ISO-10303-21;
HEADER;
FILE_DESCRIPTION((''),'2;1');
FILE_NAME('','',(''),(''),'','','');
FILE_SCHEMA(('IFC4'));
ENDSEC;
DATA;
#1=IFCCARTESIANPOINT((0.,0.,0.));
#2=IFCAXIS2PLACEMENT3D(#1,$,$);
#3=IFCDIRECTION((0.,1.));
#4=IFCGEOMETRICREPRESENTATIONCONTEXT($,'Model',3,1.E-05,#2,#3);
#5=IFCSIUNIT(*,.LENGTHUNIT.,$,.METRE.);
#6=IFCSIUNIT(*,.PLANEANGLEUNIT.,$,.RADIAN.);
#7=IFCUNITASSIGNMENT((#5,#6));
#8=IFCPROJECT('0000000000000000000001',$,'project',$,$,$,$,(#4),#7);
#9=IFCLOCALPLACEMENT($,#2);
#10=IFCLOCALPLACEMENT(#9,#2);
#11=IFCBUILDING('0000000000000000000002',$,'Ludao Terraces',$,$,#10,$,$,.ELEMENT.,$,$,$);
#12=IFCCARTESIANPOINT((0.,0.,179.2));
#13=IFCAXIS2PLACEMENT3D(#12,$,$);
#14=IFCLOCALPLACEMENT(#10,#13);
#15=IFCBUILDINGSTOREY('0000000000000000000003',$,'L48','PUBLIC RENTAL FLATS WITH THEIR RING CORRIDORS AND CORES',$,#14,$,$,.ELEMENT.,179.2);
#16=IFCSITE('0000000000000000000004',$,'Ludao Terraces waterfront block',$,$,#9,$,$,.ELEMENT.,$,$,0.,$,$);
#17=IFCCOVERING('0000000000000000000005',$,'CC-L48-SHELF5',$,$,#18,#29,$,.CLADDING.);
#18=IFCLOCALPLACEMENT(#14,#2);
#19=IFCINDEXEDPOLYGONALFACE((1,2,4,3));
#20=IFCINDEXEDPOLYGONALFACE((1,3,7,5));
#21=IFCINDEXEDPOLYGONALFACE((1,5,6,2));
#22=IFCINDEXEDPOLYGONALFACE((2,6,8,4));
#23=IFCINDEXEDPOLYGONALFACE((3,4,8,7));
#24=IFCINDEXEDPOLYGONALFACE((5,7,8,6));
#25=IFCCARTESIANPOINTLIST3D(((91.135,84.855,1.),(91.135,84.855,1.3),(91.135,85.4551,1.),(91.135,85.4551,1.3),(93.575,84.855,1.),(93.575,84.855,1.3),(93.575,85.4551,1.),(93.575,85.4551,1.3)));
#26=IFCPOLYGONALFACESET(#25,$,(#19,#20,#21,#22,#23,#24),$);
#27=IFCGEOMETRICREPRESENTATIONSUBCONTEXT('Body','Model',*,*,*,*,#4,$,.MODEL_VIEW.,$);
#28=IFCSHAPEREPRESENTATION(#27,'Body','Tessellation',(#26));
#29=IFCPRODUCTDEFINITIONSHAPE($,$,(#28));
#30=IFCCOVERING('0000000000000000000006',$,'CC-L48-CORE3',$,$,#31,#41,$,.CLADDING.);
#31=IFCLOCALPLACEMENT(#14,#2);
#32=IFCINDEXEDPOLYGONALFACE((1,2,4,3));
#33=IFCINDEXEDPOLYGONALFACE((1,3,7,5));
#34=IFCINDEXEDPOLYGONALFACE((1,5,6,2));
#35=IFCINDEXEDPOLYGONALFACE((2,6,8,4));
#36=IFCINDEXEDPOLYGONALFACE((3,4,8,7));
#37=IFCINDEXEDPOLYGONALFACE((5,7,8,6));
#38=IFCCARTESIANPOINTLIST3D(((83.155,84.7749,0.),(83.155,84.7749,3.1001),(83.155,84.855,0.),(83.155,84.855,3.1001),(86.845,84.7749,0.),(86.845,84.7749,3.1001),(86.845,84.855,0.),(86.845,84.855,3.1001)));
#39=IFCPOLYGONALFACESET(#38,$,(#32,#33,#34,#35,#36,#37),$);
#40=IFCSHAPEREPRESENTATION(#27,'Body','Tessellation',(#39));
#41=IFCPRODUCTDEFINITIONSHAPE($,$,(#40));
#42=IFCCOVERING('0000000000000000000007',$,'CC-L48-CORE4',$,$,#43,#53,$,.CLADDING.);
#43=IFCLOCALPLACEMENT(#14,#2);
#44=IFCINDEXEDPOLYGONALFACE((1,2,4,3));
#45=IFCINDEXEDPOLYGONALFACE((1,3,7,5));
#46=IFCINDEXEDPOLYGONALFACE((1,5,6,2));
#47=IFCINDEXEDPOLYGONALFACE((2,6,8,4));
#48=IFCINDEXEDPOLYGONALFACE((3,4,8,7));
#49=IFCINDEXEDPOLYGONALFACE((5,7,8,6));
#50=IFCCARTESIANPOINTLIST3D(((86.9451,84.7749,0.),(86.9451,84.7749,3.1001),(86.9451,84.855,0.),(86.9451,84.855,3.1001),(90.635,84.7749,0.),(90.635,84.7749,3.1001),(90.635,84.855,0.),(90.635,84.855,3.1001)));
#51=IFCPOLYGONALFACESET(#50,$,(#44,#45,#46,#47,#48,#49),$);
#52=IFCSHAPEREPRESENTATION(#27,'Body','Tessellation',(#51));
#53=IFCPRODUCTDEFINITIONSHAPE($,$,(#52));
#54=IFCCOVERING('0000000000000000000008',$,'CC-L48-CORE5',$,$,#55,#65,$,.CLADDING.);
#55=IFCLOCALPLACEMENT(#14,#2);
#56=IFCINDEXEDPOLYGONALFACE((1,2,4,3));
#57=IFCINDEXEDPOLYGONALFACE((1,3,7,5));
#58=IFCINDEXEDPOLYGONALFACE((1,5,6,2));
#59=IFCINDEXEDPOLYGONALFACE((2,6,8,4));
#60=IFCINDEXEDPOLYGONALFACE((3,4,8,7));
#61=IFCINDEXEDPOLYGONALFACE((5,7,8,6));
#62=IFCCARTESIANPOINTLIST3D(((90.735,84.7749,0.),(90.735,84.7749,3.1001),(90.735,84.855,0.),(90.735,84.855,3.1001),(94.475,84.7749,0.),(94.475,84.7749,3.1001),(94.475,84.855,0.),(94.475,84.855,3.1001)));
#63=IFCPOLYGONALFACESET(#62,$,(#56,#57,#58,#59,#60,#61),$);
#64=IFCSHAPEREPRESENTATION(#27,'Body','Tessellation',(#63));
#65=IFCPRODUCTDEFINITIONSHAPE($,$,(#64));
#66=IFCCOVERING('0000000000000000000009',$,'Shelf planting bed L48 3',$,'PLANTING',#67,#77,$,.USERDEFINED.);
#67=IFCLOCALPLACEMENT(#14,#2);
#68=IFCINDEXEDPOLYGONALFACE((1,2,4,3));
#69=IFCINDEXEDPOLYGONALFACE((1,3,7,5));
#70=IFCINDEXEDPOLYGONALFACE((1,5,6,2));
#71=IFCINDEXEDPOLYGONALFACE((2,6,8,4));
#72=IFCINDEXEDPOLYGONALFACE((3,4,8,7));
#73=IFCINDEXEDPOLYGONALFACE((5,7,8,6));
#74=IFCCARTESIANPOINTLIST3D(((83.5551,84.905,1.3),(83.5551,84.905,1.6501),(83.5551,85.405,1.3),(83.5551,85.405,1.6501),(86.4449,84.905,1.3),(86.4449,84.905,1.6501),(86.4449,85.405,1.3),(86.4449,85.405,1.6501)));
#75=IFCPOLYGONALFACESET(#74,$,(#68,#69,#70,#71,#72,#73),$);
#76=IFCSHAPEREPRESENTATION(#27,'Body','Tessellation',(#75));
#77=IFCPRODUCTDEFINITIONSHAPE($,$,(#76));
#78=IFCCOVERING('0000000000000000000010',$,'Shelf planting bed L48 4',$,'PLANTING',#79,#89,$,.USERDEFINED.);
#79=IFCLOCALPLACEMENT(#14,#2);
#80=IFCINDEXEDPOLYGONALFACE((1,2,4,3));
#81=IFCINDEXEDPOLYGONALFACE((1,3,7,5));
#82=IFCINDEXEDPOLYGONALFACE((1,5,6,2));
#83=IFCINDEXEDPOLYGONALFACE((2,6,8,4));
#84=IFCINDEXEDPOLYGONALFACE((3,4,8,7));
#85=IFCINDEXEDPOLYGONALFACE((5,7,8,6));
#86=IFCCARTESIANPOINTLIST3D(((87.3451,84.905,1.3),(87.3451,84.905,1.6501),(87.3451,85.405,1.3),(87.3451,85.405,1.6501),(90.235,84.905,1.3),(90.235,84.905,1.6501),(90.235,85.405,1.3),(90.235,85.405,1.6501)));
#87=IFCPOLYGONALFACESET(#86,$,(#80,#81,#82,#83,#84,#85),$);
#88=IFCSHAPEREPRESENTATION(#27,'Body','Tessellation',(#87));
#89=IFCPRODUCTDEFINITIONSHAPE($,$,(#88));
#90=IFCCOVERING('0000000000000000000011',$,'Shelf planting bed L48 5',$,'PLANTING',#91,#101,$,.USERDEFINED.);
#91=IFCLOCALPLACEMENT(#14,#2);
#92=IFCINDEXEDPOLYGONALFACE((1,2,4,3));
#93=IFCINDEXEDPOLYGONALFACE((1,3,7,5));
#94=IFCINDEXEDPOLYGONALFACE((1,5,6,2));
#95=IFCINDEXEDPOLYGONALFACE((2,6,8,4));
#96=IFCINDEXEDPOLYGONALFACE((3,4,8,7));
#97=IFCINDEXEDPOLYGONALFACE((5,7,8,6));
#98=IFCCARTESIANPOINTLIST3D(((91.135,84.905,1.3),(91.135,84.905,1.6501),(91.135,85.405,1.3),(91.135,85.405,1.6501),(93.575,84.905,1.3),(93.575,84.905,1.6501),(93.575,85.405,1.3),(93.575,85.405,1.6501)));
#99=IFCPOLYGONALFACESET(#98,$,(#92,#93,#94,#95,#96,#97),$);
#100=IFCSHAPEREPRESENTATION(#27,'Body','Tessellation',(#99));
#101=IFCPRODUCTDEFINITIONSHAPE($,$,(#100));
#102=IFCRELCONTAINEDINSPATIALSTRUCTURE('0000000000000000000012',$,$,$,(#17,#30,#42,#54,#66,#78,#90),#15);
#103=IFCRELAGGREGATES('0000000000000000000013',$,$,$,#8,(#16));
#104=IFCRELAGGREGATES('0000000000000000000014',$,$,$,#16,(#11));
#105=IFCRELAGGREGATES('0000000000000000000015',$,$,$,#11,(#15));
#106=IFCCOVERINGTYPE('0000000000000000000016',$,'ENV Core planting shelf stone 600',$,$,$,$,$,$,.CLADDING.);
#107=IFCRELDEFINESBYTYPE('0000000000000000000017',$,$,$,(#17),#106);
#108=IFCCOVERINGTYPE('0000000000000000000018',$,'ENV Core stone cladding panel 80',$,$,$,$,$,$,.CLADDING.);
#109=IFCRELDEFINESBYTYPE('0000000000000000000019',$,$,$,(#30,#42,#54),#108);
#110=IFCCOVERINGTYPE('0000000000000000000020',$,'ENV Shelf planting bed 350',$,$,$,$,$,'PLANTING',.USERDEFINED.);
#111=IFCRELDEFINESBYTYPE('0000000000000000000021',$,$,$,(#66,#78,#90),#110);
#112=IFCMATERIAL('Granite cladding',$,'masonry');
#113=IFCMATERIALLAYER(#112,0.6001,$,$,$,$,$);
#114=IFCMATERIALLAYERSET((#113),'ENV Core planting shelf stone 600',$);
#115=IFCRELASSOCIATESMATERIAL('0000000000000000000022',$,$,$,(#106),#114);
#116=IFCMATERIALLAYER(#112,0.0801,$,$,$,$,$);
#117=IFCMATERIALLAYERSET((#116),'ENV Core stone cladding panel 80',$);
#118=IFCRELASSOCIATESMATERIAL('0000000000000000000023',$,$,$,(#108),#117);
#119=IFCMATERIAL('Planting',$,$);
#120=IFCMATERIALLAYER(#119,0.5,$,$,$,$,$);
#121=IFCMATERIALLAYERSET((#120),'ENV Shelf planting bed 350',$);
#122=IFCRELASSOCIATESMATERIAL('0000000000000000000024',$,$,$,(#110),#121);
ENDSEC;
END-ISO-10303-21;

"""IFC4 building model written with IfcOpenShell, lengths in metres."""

from ifc_helpers import new_model, si_unit, direction, frame, origin, origin_2d, place, context, subcontext, project, spatial, rectangle, extrude, material, layer, layer_set, type_object, element, save


model = new_model("IFC4")

# Units and contexts
model_context = context("Model", 3, precision=1e-05, world=origin(), true_north=direction((0.0, 1.0)))
body_context = subcontext(model_context, "Body", "Model", "MODEL_VIEW")
ifc_project = project(units=[si_unit("LENGTHUNIT", "METRE"), si_unit("PLANEANGLEUNIT", "RADIAN")], contexts=[model_context])

# Site, building, storey
site_placement = place(None, origin())
site = spatial("IfcSite", under=ifc_project, at=site_placement, Name="Ludao Terraces waterfront block", CompositionType="ELEMENT", RefElevation=0.0)
building_placement = place(site_placement, origin())
building = spatial("IfcBuilding", under=site, at=building_placement, Name="Ludao Terraces", CompositionType="ELEMENT")
storey_placement = place(building_placement, frame((0.0, 0.0, 179.2)))
storey = spatial("IfcBuildingStorey", under=building, at=storey_placement, Name="L48", Description="PUBLIC RENTAL FLATS WITH THEIR RING CORRIDORS AND CORES", CompositionType="ELEMENT", Elevation=179.2)

# Coverings
ifc_material_1 = material(Name="Granite cladding", Category="masonry")
ifc_layer_1 = layer(ifc_material_1, 0.6001)
ifc_layer_set_1 = layer_set([ifc_layer_1], Name="ENV Core planting shelf stone 600")
covering_type_1 = type_object("IfcCoveringType", Name="ENV Core planting shelf stone 600", PredefinedType="CLADDING", material=ifc_layer_set_1)
covering_1_placement = place(storey_placement, frame((92.355, 85.155, 1.0), z_axis=(0.0, 0.0, 1.0), x_axis=(1.0, 0.0, 0.0)))
element("IfcCovering", 1, at=covering_1_placement, inside=storey, type_object=covering_type_1, Name="CC-L48-SHELF5", PredefinedType="CLADDING", context=body_context, shape_type="SweptSolid", body=[
    extrude(rectangle(XDim=2.4399, YDim=0.6001, at=origin_2d()), origin(), (0.0, 0.0, 1.0), 0.3),
])
ifc_layer_2 = layer(ifc_material_1, 0.0801)
ifc_layer_set_2 = layer_set([ifc_layer_2], Name="ENV Core stone cladding panel 80")
covering_type_2 = type_object("IfcCoveringType", Name="ENV Core stone cladding panel 80", PredefinedType="CLADDING", material=ifc_layer_set_2)
for number, where, z_axis, x_axis, name in (
    (2, (85.0, 84.8149, 0.0), (0.0, 0.0, 1.0), (1.0, 0.0, 0.0), "CC-L48-CORE3"),
    (3, (88.79, 84.8149, 0.0), (0.0, 0.0, 1.0), (1.0, 0.0, 0.0), "CC-L48-CORE4"),
):
    element("IfcCovering", number, at=place(storey_placement, frame(where, z_axis=z_axis, x_axis=x_axis)), inside=storey, type_object=covering_type_2, Name=name, PredefinedType="CLADDING", context=body_context, shape_type="SweptSolid", body=[
        extrude(rectangle(XDim=3.6899, YDim=0.0801, at=origin_2d()), origin(), (0.0, 0.0, 1.0), 3.1001),
    ])
covering_2_placement = place(storey_placement, frame((92.605, 84.8149, 0.0), z_axis=(0.0, 0.0, 1.0), x_axis=(1.0, 0.0, 0.0)))
element("IfcCovering", 4, at=covering_2_placement, inside=storey, type_object=covering_type_2, Name="CC-L48-CORE5", PredefinedType="CLADDING", context=body_context, shape_type="SweptSolid", body=[
    extrude(rectangle(XDim=3.74, YDim=0.0801, at=origin_2d()), origin(), (0.0, 0.0, 1.0), 3.1001),
])
ifc_material_2 = material(Name="Planting")
ifc_layer_3 = layer(ifc_material_2, 0.5)
ifc_layer_set_3 = layer_set([ifc_layer_3], Name="ENV Shelf planting bed 350")
covering_type_3 = type_object("IfcCoveringType", Name="ENV Shelf planting bed 350", ElementType="PLANTING", PredefinedType="USERDEFINED", material=ifc_layer_set_3)
for number, where, z_axis, x_axis, name in (
    (5, (85.0, 85.155, 1.3), (0.0, 0.0, 1.0), (1.0, 0.0, 0.0), "Shelf planting bed L48 3"),
    (6, (88.79, 85.155, 1.3), (0.0, 0.0, 1.0), (1.0, 0.0, 0.0), "Shelf planting bed L48 4"),
):
    element("IfcCovering", number, at=place(storey_placement, frame(where, z_axis=z_axis, x_axis=x_axis)), inside=storey, type_object=covering_type_3, Name=name, ObjectType="PLANTING", PredefinedType="USERDEFINED", context=body_context, shape_type="SweptSolid", body=[
        extrude(rectangle(XDim=2.8899, YDim=0.5, at=origin_2d()), origin(), (0.0, 0.0, 1.0), 0.3501),
    ])
covering_3_placement = place(storey_placement, frame((92.355, 85.155, 1.3), z_axis=(0.0, 0.0, 1.0), x_axis=(1.0, 0.0, 0.0)))
element("IfcCovering", 7, at=covering_3_placement, inside=storey, type_object=covering_type_3, Name="Shelf planting bed L48 5", ObjectType="PLANTING", PredefinedType="USERDEFINED", context=body_context, shape_type="SweptSolid", body=[
    extrude(rectangle(XDim=2.4399, YDim=0.5, at=origin_2d()), origin(), (0.0, 0.0, 1.0), 0.3501),
])

save(model, "model.ifc")
